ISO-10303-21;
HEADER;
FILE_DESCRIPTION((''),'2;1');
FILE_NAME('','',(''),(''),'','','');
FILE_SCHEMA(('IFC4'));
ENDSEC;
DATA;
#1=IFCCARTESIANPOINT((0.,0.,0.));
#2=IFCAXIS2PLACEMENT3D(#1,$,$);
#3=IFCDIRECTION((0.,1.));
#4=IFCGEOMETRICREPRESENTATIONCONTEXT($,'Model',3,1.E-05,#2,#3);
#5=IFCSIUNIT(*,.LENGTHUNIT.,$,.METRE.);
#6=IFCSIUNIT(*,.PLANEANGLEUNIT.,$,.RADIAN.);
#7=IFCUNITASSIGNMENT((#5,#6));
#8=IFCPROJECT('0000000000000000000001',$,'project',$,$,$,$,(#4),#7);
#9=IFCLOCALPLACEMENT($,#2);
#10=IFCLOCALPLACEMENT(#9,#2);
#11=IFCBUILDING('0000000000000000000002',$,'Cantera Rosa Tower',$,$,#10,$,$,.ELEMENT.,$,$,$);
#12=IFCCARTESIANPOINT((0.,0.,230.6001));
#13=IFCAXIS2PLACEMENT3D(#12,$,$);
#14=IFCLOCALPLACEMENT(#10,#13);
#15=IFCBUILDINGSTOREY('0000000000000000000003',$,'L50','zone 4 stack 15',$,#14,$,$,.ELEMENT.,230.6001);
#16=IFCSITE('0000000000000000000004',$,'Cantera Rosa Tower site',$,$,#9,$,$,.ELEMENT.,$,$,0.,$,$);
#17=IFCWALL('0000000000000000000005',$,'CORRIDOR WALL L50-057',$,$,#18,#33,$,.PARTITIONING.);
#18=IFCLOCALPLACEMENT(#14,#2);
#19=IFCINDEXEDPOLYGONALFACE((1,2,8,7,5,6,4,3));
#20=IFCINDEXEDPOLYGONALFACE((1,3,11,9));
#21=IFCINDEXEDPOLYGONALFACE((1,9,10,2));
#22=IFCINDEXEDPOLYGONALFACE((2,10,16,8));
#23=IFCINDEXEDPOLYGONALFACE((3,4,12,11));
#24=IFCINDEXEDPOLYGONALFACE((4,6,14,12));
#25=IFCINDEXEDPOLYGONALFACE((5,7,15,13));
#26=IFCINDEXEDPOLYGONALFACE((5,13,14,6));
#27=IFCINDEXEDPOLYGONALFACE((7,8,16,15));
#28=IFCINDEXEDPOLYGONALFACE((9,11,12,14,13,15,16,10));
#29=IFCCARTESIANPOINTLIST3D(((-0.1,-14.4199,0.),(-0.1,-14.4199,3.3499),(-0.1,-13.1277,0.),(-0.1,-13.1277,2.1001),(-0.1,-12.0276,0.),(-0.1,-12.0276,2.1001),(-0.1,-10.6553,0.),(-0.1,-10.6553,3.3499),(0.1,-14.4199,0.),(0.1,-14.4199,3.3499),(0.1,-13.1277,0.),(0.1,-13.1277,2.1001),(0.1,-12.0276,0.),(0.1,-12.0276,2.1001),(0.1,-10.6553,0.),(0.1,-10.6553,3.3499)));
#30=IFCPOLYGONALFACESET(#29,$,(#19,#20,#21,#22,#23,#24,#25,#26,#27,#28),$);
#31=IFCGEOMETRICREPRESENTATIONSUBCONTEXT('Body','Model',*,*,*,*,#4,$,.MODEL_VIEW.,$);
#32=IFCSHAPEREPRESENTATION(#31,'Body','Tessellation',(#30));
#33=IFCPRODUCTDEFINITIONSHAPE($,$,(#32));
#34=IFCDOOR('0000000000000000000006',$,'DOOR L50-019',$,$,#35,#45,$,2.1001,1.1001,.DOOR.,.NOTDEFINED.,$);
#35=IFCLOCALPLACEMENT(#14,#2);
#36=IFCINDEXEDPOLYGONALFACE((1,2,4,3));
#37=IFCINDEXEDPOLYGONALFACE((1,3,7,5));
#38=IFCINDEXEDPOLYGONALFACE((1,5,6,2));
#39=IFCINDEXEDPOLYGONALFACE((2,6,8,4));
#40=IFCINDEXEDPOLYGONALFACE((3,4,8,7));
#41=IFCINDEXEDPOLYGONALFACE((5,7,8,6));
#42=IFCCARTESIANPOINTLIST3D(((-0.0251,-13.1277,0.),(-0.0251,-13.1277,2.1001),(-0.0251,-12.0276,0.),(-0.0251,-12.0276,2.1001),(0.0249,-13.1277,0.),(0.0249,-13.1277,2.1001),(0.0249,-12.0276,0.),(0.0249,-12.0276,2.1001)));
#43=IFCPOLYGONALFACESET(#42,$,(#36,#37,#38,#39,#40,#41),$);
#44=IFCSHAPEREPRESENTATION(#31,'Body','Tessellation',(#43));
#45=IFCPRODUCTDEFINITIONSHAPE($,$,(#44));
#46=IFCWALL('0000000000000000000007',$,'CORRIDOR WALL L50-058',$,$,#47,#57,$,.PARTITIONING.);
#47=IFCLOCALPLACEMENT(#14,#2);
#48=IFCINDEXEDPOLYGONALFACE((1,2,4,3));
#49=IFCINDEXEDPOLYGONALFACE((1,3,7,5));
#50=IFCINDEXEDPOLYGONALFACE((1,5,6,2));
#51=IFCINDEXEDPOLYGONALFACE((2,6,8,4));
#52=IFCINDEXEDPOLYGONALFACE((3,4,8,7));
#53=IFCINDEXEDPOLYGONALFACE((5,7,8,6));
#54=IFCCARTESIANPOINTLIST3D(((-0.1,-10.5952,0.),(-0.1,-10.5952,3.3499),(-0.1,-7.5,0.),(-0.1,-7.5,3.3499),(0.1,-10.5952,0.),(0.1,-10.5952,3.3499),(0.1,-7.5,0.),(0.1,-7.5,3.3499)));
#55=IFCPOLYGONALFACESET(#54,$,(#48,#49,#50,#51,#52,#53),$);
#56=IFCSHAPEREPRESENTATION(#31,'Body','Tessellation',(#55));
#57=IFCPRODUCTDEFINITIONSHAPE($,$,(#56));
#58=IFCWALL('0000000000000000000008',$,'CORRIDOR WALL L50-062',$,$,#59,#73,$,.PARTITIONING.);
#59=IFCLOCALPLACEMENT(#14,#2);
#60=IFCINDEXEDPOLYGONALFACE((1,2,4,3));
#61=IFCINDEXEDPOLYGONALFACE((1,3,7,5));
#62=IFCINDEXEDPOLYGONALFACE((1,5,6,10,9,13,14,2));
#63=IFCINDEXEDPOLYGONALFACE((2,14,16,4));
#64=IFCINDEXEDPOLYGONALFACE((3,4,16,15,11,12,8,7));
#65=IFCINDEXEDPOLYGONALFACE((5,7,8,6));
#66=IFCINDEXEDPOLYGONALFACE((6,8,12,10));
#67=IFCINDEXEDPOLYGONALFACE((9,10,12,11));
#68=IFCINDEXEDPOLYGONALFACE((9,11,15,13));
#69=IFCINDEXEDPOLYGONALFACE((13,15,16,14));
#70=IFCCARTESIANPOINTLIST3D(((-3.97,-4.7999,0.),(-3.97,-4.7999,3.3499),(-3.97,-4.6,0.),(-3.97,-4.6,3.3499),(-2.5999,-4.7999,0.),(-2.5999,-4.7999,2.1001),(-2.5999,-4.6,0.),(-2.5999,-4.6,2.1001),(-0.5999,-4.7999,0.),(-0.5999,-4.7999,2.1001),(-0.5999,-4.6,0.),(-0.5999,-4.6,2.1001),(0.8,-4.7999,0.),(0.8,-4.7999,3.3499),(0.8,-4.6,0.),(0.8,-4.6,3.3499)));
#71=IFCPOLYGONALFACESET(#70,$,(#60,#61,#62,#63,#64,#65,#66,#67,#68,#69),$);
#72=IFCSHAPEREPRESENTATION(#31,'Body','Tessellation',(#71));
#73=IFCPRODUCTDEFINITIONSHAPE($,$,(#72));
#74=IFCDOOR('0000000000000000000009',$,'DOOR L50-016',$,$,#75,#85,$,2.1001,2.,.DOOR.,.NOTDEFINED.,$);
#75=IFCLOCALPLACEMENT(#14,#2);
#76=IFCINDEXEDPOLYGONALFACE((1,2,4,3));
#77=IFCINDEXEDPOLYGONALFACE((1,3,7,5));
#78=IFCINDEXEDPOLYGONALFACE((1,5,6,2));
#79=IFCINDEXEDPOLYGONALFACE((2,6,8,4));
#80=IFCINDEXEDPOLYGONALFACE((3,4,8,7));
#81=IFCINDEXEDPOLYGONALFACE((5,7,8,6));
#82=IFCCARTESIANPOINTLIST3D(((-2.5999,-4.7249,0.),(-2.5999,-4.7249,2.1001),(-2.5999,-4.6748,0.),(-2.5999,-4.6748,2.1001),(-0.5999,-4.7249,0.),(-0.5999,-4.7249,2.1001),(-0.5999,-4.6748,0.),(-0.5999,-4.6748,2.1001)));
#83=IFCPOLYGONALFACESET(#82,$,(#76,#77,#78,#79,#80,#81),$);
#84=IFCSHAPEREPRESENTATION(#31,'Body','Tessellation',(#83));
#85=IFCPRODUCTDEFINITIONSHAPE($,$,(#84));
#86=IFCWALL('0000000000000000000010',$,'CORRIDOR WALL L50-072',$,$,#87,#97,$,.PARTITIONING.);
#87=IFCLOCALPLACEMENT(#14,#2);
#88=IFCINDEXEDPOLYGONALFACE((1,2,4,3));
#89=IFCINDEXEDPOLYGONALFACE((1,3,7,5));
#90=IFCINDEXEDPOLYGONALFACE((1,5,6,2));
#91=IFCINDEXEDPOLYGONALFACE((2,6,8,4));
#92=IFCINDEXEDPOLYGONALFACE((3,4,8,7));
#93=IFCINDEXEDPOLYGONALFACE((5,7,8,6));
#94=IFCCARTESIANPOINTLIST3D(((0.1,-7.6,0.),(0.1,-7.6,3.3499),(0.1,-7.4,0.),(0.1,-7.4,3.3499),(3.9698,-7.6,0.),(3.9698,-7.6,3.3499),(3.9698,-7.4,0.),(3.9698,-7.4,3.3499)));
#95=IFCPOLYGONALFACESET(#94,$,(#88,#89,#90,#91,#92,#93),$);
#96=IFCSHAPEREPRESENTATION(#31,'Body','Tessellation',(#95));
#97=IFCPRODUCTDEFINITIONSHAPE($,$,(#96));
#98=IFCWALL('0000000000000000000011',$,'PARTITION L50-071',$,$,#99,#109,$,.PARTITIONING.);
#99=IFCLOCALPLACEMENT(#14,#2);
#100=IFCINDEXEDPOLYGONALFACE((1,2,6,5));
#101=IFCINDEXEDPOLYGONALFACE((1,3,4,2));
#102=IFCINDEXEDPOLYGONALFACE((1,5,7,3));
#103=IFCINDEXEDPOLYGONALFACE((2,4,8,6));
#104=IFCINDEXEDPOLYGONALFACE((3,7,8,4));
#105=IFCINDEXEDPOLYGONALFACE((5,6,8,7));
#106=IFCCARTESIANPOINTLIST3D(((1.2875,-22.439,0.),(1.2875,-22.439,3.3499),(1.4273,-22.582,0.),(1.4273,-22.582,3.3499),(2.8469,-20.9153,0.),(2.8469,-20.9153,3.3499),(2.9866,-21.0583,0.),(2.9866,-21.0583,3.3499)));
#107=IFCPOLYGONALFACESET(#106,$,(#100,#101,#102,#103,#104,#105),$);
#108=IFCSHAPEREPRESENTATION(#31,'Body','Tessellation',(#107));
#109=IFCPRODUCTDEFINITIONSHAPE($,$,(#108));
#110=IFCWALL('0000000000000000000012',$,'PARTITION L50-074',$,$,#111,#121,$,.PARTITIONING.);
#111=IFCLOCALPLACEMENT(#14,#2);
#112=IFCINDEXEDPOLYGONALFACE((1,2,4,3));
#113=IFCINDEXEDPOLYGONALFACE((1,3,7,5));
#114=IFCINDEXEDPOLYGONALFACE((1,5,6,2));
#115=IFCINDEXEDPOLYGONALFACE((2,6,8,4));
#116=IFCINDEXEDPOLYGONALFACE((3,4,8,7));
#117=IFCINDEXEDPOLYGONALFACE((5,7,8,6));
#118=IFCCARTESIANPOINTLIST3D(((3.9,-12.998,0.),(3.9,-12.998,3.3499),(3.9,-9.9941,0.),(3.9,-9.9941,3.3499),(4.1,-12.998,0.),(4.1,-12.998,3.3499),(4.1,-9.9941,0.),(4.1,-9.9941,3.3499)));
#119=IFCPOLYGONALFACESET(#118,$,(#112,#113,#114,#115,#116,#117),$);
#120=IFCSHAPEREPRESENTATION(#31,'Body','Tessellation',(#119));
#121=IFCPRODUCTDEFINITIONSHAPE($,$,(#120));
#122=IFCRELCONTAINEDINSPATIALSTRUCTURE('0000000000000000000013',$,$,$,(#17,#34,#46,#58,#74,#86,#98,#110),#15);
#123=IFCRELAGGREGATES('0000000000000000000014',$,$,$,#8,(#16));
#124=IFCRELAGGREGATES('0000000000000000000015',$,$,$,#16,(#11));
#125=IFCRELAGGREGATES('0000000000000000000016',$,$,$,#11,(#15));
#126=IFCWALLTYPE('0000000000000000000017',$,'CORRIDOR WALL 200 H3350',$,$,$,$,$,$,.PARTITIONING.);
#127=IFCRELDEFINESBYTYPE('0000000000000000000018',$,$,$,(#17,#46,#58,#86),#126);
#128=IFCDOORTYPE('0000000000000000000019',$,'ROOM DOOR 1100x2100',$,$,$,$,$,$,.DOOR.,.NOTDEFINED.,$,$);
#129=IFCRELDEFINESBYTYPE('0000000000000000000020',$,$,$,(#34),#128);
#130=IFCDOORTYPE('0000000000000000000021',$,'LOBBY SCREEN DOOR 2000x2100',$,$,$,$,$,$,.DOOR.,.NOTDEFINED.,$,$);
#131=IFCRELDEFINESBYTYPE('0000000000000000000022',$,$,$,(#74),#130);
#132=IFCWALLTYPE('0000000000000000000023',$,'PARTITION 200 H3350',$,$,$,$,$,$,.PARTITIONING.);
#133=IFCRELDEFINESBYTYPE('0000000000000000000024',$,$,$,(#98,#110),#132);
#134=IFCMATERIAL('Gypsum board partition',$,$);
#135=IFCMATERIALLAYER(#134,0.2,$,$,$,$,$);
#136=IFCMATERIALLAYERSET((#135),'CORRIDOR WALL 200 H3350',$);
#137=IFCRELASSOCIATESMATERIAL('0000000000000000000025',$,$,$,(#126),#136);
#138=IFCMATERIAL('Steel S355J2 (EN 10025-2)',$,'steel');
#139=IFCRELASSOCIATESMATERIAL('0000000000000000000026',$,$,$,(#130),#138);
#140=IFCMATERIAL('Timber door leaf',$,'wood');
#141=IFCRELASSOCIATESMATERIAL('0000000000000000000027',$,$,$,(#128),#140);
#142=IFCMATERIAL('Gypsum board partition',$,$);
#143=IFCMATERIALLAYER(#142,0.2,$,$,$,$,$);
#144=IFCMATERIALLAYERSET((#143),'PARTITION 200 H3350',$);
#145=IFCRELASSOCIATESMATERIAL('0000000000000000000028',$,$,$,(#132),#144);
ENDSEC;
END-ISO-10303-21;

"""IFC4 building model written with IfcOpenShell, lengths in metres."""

from ifc_helpers import new_model, si_unit, direction, frame, frame_2d, origin, place, context, subcontext, project, spatial, rectangle, extrude, material, layer, layer_set, type_object, element, fill, save


model = new_model("IFC4")

# Units and contexts
model_context = context("Model", 3, precision=1e-05, world=origin(), true_north=direction((0.0, 1.0)))
body_context = subcontext(model_context, "Body", "Model", "MODEL_VIEW")
ifc_project = project(units=[si_unit("LENGTHUNIT", "METRE"), si_unit("PLANEANGLEUNIT", "RADIAN")], contexts=[model_context])

# Site, building, storey
site_placement = place(None, origin())
site = spatial("IfcSite", under=ifc_project, at=site_placement, Name="Cantera Rosa Tower site", CompositionType="ELEMENT", RefElevation=0.0)
building_placement = place(site_placement, origin())
building = spatial("IfcBuilding", under=site, at=building_placement, Name="Cantera Rosa Tower", CompositionType="ELEMENT")
storey_placement = place(building_placement, frame((0.0, 0.0, 230.6001)))
storey = spatial("IfcBuildingStorey", under=building, at=storey_placement, Name="L50", Description="zone 4 stack 15", CompositionType="ELEMENT", Elevation=230.6001)

# Shared definitions
ifc_material_1 = material(Name="Gypsum board partition")
ifc_layer_1 = layer(ifc_material_1, 0.2)
ifc_layer_set_1 = layer_set([ifc_layer_1], Name="CORRIDOR WALL 200 H3350")
wall_type_1 = type_object("IfcWallType", Name="CORRIDOR WALL 200 H3350", PredefinedType="PARTITIONING", material=ifc_layer_set_1)
ifc_material_2 = material(Name="Steel S355J2 (EN 10025-2)", Category="steel")
door_type_1 = type_object("IfcDoorType", Name="LOBBY SCREEN DOOR 2000x2100", OperationType="NOTDEFINED", PredefinedType="DOOR", material=ifc_material_2)

# Wall, opening, door
wall_1_placement = place(storey_placement, frame((0.0, -10.6553, 0.0), z_axis=(0.0, 0.0, 1.0), x_axis=(0.0, -1.0, 0.0)))
wall_1 = element("IfcWall", 1, at=wall_1_placement, inside=storey, type_object=wall_type_1, Name="CORRIDOR WALL L50-057", PredefinedType="PARTITIONING", context=body_context, shape_type="SweptSolid", body=[
    extrude(rectangle(XDim=3.7646, YDim=0.2, at=frame_2d((1.8823, 0.0))), origin(), (0.0, 0.0, 1.0), 3.3499),
])
opening_1_placement = place(wall_1_placement, frame((1.3723, 0.0, 0.0)))
opening_1 = element("IfcOpeningElement", 2, at=opening_1_placement, cuts=wall_1, PredefinedType="OPENING", context=body_context, shape_type="SweptSolid", body=[
    extrude(rectangle(XDim=1.1001, YDim=2.1001, at=frame_2d((0.55, 1.05))), frame((0.0, 0.1099, 0.0), z_axis=(0.0, -1.0, 0.0), x_axis=(1.0, 0.0, 0.0)), (0.0, 0.0, 1.0), 0.22),
])
ifc_material_3 = material(Name="Timber door leaf", Category="wood")
door_type_2 = type_object("IfcDoorType", Name="ROOM DOOR 1100x2100", OperationType="NOTDEFINED", PredefinedType="DOOR", material=ifc_material_3)
door_1_placement = place(opening_1_placement, origin())
door_1 = element("IfcDoor", 3, at=door_1_placement, inside=storey, type_object=door_type_2, Name="DOOR L50-019", OperationType="NOTDEFINED", OverallHeight=2.1001, OverallWidth=1.1001, PredefinedType="DOOR", context=body_context, shape_type="SweptSolid", body=[
    extrude(rectangle(XDim=1.1001, YDim=2.1001, at=frame_2d((0.55, 1.05))), frame((0.0, 0.0249, 0.0), z_axis=(0.0, -1.0, 0.0), x_axis=(1.0, 0.0, 0.0)), (0.0, 0.0, 1.0), 0.05),
])
fill(opening_1, door_1)

# Wall
wall_2_placement = place(storey_placement, frame((0.0, -7.5, 0.0), z_axis=(0.0, 0.0, 1.0), x_axis=(0.0, -1.0, 0.0)))
element("IfcWall", 4, at=wall_2_placement, inside=storey, type_object=wall_type_1, Name="CORRIDOR WALL L50-058", PredefinedType="PARTITIONING", context=body_context, shape_type="SweptSolid", body=[
    extrude(rectangle(XDim=3.0952, YDim=0.2, at=frame_2d((1.5476, 0.0))), origin(), (0.0, 0.0, 1.0), 3.3499),
])

# Wall, opening, door
wall_3_placement = place(storey_placement, frame((0.8, -4.7, 0.0), z_axis=(0.0, 0.0, 1.0), x_axis=(-1.0, 0.0, 0.0)))
wall_3 = element("IfcWall", 5, at=wall_3_placement, inside=storey, type_object=wall_type_1, Name="CORRIDOR WALL L50-062", PredefinedType="PARTITIONING", context=body_context, shape_type="SweptSolid", body=[
    extrude(rectangle(XDim=4.77, YDim=0.2, at=frame_2d((2.385, 0.0))), origin(), (0.0, 0.0, 1.0), 3.3499),
])
opening_2_placement = place(wall_3_placement, frame((1.3999, 0.0, 0.0)))
opening_2 = element("IfcOpeningElement", 6, at=opening_2_placement, cuts=wall_3, PredefinedType="OPENING", context=body_context, shape_type="SweptSolid", body=[
    extrude(rectangle(XDim=2.0, YDim=2.1001, at=frame_2d((1.0, 1.05))), frame((0.0, 0.1099, 0.0), z_axis=(0.0, -1.0, 0.0), x_axis=(1.0, 0.0, 0.0)), (0.0, 0.0, 1.0), 0.22),
])
door_2_placement = place(opening_2_placement, origin())
door_2 = element("IfcDoor", 7, at=door_2_placement, inside=storey, type_object=door_type_1, Name="DOOR L50-016", OperationType="NOTDEFINED", OverallHeight=2.1001, OverallWidth=2.0, PredefinedType="DOOR", context=body_context, shape_type="SweptSolid", body=[
    extrude(rectangle(XDim=2.0, YDim=2.1001, at=frame_2d((1.0, 1.05))), frame((0.0, 0.0249, 0.0), z_axis=(0.0, -1.0, 0.0), x_axis=(1.0, 0.0, 0.0)), (0.0, 0.0, 1.0), 0.05),
])
fill(opening_2, door_2)

# Walls
wall_4_placement = place(storey_placement, frame((3.97, -7.5, 0.0), z_axis=(0.0, 0.0, 1.0), x_axis=(-1.0, 0.0, 0.0)))
element("IfcWall", 8, at=wall_4_placement, inside=storey, type_object=wall_type_1, Name="CORRIDOR WALL L50-072", PredefinedType="PARTITIONING", context=body_context, shape_type="SweptSolid", body=[
    extrude(rectangle(XDim=3.8699, YDim=0.2, at=frame_2d((1.9351, 0.0))), origin(), (0.0, 0.0, 1.0), 3.3499),
])
ifc_material_4 = material(Name="Gypsum board partition")
ifc_layer_2 = layer(ifc_material_4, 0.2)
ifc_layer_set_2 = layer_set([ifc_layer_2], Name="PARTITION 200 H3350")
wall_type_2 = type_object("IfcWallType", Name="PARTITION 200 H3350", PredefinedType="PARTITIONING", material=ifc_layer_set_2)
wall_5_placement = place(storey_placement, frame((2.9167, -20.9868, 0.0), z_axis=(0.0, 0.0, 1.0), x_axis=(-0.715234, -0.698885, 0.0)))
element("IfcWall", 9, at=wall_5_placement, inside=storey, type_object=wall_type_2, Name="PARTITION L50-071", PredefinedType="PARTITIONING", context=body_context, shape_type="SweptSolid", body=[
    extrude(rectangle(XDim=2.1802, YDim=0.2, at=frame_2d((1.0901, 0.0))), origin(), (0.0, 0.0, 1.0), 3.3499),
])
wall_6_placement = place(storey_placement, frame((4.0, -12.998, 0.0), z_axis=(0.0, 0.0, 1.0), x_axis=(0.0, 1.0, 0.0)))
element("IfcWall", 10, at=wall_6_placement, inside=storey, type_object=wall_type_2, Name="PARTITION L50-074", PredefinedType="PARTITIONING", context=body_context, shape_type="SweptSolid", body=[
    extrude(rectangle(XDim=3.0039, YDim=0.2, at=frame_2d((1.502, 0.0))), origin(), (0.0, 0.0, 1.0), 3.3499),
])

save(model, "model.ifc")
